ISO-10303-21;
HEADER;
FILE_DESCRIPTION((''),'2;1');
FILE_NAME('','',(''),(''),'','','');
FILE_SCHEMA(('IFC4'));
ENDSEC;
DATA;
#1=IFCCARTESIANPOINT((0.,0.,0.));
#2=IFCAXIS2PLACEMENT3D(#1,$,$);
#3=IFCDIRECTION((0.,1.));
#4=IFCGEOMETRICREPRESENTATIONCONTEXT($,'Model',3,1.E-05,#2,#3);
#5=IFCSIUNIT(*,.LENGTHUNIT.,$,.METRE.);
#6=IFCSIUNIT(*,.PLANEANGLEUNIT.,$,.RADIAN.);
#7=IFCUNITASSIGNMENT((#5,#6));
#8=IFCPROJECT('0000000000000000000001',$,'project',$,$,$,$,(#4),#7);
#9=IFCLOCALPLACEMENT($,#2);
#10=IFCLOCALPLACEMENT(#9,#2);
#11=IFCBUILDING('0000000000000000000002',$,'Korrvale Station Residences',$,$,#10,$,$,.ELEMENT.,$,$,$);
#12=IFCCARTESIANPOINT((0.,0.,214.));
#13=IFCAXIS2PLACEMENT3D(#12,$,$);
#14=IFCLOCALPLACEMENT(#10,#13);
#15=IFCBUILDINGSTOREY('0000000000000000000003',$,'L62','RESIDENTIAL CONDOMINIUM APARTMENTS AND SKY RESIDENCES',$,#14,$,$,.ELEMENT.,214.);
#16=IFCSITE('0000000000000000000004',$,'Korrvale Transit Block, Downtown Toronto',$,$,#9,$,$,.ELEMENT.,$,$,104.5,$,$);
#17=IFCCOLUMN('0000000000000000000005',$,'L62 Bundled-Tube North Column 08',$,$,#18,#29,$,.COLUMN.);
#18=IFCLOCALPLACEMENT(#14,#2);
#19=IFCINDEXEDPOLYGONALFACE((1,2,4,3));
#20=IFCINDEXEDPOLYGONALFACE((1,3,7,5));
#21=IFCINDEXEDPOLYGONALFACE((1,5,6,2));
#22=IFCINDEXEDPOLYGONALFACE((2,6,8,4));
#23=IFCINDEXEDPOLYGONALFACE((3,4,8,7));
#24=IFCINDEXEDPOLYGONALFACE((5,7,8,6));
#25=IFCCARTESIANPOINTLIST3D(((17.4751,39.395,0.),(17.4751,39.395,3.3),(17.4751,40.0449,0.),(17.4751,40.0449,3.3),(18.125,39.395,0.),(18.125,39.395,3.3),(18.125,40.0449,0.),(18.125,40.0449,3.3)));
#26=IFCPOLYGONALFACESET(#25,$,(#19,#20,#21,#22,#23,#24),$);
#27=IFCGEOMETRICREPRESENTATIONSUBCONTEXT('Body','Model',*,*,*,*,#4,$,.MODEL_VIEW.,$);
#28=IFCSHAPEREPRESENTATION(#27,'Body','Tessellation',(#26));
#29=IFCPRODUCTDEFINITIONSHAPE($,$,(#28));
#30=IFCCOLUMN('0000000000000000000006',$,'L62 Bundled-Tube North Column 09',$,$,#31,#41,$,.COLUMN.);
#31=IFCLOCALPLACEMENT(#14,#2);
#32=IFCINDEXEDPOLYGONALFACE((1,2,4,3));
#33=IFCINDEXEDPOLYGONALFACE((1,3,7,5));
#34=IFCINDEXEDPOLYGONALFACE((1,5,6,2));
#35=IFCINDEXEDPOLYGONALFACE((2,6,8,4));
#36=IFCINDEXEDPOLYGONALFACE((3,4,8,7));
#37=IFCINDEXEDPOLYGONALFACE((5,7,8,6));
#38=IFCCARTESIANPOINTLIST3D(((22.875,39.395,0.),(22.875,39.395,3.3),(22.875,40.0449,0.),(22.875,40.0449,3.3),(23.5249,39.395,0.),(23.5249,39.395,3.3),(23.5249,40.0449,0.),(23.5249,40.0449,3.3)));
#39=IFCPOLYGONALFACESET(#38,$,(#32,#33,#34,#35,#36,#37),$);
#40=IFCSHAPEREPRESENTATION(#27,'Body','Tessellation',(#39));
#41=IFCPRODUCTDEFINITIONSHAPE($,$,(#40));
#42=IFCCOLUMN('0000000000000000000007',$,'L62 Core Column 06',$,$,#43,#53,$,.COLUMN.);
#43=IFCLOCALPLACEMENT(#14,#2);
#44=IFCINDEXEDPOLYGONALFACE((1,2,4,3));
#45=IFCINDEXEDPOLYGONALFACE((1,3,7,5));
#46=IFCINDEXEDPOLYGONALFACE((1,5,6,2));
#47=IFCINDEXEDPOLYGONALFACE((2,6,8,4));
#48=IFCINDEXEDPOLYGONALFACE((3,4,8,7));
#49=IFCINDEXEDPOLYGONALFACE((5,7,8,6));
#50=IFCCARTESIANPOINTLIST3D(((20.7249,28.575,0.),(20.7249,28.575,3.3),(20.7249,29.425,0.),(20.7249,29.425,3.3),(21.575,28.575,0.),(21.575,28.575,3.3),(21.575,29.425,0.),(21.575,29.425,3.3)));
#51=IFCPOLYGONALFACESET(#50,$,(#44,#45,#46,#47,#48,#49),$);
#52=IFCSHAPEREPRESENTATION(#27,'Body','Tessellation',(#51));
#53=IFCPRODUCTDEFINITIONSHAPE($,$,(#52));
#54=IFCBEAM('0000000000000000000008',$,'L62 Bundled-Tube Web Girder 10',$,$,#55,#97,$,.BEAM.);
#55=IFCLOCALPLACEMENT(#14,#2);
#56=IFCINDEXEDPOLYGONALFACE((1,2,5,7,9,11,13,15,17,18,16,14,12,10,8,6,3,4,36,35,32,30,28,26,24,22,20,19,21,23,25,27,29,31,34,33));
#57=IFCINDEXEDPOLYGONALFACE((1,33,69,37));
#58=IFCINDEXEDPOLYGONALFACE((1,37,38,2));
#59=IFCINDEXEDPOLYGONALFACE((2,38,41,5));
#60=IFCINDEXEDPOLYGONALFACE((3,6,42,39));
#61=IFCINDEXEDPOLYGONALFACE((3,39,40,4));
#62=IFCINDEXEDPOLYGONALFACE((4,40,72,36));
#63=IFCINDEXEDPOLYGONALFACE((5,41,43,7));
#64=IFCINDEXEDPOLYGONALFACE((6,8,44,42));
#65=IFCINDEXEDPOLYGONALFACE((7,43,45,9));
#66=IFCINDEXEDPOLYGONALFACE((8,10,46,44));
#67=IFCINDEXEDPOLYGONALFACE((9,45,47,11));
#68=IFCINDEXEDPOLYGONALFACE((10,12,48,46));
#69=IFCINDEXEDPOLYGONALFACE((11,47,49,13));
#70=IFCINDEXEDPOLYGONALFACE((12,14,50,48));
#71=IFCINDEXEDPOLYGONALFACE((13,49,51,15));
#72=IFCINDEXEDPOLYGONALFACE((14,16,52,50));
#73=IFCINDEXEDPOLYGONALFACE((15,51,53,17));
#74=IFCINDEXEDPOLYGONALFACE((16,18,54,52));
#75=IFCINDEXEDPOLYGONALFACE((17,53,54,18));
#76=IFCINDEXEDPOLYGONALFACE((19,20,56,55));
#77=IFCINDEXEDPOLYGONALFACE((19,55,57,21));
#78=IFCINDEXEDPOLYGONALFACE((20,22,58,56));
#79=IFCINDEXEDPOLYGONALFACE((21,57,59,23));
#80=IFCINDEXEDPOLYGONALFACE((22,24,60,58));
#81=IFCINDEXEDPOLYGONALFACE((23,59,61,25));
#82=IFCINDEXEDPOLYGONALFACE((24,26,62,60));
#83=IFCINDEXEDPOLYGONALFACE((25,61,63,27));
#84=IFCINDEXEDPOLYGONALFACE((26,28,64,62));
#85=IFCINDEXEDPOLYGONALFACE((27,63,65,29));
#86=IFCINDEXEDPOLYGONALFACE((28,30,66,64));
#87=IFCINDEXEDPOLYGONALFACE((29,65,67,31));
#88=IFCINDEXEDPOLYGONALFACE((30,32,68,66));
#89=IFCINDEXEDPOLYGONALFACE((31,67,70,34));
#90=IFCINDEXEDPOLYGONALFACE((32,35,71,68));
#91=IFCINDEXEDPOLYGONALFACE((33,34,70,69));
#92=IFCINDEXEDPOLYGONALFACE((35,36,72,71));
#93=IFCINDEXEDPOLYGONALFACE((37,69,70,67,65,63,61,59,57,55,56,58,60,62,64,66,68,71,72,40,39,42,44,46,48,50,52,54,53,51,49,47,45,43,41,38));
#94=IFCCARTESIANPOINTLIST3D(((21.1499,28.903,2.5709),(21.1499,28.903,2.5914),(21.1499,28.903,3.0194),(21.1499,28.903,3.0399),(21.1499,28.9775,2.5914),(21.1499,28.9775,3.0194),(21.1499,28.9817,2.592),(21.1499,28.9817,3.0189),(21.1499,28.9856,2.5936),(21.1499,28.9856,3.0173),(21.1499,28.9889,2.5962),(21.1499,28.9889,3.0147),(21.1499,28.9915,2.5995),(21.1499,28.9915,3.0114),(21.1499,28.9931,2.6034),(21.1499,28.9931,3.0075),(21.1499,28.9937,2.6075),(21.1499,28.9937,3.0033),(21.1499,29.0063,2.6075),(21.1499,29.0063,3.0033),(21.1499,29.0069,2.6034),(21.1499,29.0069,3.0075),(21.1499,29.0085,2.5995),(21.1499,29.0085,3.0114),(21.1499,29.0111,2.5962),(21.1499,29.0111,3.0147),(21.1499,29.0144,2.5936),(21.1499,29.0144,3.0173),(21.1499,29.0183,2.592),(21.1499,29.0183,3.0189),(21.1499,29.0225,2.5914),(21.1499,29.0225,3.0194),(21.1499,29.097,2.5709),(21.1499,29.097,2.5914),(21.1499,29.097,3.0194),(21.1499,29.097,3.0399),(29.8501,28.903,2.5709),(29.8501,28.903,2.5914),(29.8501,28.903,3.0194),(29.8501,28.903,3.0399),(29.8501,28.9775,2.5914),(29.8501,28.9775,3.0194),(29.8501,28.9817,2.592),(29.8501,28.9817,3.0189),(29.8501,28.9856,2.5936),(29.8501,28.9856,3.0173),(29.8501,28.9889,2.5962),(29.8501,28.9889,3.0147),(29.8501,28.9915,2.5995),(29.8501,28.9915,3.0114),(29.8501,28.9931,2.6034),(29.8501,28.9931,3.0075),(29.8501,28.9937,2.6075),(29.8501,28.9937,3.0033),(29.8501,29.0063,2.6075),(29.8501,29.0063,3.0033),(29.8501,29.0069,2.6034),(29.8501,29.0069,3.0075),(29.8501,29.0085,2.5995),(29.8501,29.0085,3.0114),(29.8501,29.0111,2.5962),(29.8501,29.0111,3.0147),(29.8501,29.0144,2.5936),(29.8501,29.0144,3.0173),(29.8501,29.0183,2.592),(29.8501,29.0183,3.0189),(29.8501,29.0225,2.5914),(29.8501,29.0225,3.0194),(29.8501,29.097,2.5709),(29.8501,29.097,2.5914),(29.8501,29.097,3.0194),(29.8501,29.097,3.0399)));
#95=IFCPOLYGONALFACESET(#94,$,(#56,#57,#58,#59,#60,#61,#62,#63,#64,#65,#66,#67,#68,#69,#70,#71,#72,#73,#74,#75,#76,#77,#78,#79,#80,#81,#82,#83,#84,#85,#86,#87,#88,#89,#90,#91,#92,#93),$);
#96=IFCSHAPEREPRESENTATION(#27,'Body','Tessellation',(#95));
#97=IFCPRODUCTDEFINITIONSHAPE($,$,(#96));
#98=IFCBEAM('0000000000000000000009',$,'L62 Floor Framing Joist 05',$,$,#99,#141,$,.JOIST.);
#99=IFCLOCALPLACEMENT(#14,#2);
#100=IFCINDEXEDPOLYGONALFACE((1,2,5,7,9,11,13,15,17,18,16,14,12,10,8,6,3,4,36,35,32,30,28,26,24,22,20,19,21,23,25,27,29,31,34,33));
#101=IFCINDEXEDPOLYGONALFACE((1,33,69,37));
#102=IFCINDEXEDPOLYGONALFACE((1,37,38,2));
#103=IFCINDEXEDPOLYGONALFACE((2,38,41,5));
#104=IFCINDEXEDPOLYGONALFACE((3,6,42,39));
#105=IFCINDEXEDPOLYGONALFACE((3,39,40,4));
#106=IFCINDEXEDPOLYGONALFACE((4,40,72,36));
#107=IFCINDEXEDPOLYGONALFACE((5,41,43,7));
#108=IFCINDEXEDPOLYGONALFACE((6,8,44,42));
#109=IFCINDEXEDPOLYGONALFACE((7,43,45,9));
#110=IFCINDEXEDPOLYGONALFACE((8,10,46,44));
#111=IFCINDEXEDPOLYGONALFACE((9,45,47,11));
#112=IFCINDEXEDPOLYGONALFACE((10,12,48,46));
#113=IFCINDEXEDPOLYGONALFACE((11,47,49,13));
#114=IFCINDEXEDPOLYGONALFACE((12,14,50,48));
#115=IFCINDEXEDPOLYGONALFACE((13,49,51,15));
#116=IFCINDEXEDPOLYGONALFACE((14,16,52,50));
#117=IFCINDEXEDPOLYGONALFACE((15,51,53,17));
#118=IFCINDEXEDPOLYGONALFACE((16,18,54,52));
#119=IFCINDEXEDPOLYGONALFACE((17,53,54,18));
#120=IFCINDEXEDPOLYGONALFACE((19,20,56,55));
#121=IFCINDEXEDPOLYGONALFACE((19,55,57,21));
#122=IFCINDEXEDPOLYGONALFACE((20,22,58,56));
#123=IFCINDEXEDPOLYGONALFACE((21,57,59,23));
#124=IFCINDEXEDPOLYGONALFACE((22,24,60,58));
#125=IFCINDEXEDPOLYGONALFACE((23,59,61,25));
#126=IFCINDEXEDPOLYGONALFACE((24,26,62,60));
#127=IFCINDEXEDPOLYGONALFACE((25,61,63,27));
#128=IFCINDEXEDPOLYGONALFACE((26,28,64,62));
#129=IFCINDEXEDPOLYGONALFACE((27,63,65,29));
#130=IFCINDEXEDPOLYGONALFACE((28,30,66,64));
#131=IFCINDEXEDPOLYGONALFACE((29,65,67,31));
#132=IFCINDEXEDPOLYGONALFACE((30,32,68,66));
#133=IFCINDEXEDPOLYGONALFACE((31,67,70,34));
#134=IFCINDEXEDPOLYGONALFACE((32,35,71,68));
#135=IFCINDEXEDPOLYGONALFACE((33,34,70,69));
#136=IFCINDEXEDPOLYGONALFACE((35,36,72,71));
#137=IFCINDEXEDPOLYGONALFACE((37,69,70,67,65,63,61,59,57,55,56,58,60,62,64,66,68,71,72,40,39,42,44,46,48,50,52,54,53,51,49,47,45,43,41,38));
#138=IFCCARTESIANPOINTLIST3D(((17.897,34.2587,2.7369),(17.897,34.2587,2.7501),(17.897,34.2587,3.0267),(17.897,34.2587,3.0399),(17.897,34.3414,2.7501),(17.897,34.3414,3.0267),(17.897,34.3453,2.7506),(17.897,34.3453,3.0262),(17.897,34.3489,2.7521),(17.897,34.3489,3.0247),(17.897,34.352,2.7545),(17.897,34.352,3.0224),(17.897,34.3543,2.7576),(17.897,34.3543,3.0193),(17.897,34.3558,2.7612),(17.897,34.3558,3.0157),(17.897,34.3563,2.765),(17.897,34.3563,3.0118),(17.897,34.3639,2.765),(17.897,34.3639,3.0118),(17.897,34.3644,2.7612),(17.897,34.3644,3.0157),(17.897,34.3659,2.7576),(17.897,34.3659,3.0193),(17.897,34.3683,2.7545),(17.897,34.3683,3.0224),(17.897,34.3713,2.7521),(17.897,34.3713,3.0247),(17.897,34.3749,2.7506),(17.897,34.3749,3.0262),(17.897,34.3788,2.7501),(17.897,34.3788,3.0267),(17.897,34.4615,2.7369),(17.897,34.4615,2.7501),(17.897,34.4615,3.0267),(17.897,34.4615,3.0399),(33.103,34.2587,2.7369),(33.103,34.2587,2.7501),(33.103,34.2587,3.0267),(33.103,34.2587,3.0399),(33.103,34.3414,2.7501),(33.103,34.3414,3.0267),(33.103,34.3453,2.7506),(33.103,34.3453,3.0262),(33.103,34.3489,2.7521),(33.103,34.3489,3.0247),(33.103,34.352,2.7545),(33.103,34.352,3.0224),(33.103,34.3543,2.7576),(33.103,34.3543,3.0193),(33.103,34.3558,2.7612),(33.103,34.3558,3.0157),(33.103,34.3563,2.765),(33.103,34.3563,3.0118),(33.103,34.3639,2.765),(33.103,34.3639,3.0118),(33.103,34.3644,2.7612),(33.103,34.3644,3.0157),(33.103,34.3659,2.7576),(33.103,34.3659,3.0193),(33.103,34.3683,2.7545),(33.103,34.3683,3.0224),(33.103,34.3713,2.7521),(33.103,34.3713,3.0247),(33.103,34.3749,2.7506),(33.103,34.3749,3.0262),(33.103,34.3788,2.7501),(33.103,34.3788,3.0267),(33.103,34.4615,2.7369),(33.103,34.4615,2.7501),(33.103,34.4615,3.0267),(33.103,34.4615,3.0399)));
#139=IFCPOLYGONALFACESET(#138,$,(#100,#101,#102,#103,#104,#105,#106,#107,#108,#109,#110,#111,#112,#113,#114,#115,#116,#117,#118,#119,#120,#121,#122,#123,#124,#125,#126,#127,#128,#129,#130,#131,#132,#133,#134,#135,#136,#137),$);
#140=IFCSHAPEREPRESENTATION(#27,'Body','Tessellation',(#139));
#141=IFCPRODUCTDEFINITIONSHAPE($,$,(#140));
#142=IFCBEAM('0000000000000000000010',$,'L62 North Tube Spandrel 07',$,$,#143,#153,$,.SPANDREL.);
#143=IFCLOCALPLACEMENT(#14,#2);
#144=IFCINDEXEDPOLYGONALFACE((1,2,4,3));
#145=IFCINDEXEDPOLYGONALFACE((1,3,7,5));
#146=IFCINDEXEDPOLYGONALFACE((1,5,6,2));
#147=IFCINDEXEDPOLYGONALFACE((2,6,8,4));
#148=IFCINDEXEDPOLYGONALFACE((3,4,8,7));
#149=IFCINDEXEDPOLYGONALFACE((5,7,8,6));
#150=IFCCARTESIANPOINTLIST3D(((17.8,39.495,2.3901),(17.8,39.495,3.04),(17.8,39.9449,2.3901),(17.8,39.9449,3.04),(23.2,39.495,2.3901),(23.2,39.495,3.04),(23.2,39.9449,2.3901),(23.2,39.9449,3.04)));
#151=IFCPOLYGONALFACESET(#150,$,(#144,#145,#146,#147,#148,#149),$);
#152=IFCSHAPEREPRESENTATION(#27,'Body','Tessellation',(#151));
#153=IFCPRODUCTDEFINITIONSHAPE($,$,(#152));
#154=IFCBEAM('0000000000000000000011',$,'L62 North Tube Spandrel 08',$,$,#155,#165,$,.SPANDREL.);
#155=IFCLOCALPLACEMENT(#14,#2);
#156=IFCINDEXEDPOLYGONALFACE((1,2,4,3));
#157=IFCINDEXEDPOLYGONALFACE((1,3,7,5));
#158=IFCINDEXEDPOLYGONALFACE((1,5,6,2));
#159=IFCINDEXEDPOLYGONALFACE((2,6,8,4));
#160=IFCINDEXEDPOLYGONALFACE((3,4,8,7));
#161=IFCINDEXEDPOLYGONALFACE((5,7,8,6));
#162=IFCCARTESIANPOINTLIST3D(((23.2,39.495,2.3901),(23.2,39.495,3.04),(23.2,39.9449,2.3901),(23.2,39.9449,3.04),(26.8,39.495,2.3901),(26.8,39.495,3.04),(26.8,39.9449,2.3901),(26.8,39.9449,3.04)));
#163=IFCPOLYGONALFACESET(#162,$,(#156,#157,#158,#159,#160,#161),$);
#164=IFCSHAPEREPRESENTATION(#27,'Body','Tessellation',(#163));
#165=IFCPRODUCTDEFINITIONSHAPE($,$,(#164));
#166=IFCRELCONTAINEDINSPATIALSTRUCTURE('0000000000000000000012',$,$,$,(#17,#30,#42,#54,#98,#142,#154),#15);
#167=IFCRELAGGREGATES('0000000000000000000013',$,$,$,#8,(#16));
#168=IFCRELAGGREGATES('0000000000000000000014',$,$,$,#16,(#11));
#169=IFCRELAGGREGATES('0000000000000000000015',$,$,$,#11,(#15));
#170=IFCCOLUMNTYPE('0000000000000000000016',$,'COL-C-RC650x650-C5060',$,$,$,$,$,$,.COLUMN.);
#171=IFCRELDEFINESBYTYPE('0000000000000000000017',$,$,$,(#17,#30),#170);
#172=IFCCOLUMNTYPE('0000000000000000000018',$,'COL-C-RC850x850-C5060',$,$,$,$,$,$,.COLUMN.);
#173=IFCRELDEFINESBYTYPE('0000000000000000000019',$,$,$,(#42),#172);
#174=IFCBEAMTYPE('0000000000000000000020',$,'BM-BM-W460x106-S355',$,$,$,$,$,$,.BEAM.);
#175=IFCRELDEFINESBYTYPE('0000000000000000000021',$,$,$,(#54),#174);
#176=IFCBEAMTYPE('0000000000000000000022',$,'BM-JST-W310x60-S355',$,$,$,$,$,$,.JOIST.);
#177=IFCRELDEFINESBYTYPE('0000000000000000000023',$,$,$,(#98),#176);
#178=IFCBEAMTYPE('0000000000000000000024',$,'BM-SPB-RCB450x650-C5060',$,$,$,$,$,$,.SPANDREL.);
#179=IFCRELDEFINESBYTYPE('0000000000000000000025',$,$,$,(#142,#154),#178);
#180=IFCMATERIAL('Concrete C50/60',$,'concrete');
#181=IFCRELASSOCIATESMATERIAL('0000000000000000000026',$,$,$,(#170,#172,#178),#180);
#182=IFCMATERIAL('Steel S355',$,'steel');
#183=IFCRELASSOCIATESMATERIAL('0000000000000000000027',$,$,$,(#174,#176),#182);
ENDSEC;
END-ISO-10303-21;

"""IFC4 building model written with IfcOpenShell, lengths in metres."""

from ifc_helpers import new_model, si_unit, direction, frame, origin, origin_2d, place, context, subcontext, project, spatial, rectangle, i_section, extrude, material, material_profile, profile_set, type_object, element, save


model = new_model("IFC4")

# Units and contexts
model_context = context("Model", 3, precision=1e-05, world=origin(), true_north=direction((0.0, 1.0)))
body_context = subcontext(model_context, "Body", "Model", "MODEL_VIEW")
ifc_project = project(units=[si_unit("LENGTHUNIT", "METRE"), si_unit("PLANEANGLEUNIT", "RADIAN")], contexts=[model_context])

# Site, building, storey
site_placement = place(None, origin())
site = spatial("IfcSite", under=ifc_project, at=site_placement, Name="Korrvale Transit Block, Downtown Toronto", CompositionType="ELEMENT", RefElevation=104.5)
building_placement = place(site_placement, origin())
building = spatial("IfcBuilding", under=site, at=building_placement, Name="Korrvale Station Residences", CompositionType="ELEMENT")
storey_placement = place(building_placement, frame((0.0, 0.0, 214.0)))
storey = spatial("IfcBuildingStorey", under=building, at=storey_placement, Name="L62", Description="RESIDENTIAL CONDOMINIUM APARTMENTS AND SKY RESIDENCES", CompositionType="ELEMENT", Elevation=214.0)

# Columns
ifc_material_1 = material(Name="Concrete C50/60", Category="concrete")
ifc_material_profile_1 = material_profile(ifc_material_1, rectangle(XDim=0.6499, YDim=0.6499, at=origin_2d()), Name="RC650x650")
ifc_profile_set_1 = profile_set([ifc_material_profile_1], Name="Concrete C50/60")
column_type_1 = type_object("IfcColumnType", Name="COL-C-RC650x650-C5060", PredefinedType="COLUMN", material=ifc_profile_set_1)
for number, where, z_axis, x_axis, name in (
    (1, (17.8, 39.72, 0.0), (0.0, 0.0, 1.0), (1.0, 0.0, 0.0), "L62 Bundled-Tube North Column 08"),
    (2, (23.2, 39.72, 0.0), (0.0, 0.0, 1.0), (1.0, 0.0, 0.0), "L62 Bundled-Tube North Column 09"),
):
    element("IfcColumn", number, at=place(storey_placement, frame(where, z_axis=z_axis, x_axis=x_axis)), inside=storey, type_object=column_type_1, Name=name, PredefinedType="COLUMN", context=body_context, shape_type="SweptSolid", body=[
        extrude(rectangle(XDim=0.6499, YDim=0.6499, at=origin_2d()), origin(), (0.0, 0.0, 1.0), 3.3),
    ])
ifc_material_profile_2 = material_profile(ifc_material_1, rectangle(XDim=0.8501, YDim=0.8501, at=origin_2d()), Name="RC850x850")
ifc_profile_set_2 = profile_set([ifc_material_profile_2], Name="Concrete C50/60")
column_type_2 = type_object("IfcColumnType", Name="COL-C-RC850x850-C5060", PredefinedType="COLUMN", material=ifc_profile_set_2)
column_placement = place(storey_placement, frame((21.1499, 29.0, 0.0), z_axis=(0.0, 0.0, 1.0), x_axis=(1.0, 0.0, 0.0)))
element("IfcColumn", 3, at=column_placement, inside=storey, type_object=column_type_2, Name="L62 Core Column 06", PredefinedType="COLUMN", context=body_context, shape_type="SweptSolid", body=[
    extrude(rectangle(XDim=0.8501, YDim=0.8501, at=origin_2d()), origin(), (0.0, 0.0, 1.0), 3.3),
])

# Beams
ifc_material_2 = material(Name="Steel S355", Category="steel")
ifc_material_profile_3 = material_profile(ifc_material_2, i_section(OverallWidth=0.1941, OverallDepth=0.469, WebThickness=0.0127, FlangeThickness=0.0205, FilletRadius=0.0161, at=origin_2d()), Name="W460x106")
ifc_profile_set_3 = profile_set([ifc_material_profile_3], Name="Steel S355")
beam_type_1 = type_object("IfcBeamType", Name="BM-BM-W460x106-S355", PredefinedType="BEAM", material=ifc_profile_set_3)
beam_1_placement = place(storey_placement, frame((21.1499, 29.0, 2.8054), z_axis=(1.0, 0.0, 0.0), x_axis=(0.0, 1.0, 0.0)))
element("IfcBeam", 4, at=beam_1_placement, inside=storey, type_object=beam_type_1, Name="L62 Bundled-Tube Web Girder 10", PredefinedType="BEAM", context=body_context, shape_type="SweptSolid", body=[
    extrude(i_section(OverallWidth=0.1941, OverallDepth=0.469, WebThickness=0.0127, FlangeThickness=0.0205, FilletRadius=0.0161, at=origin_2d()), origin(), (0.0, 0.0, 1.0), 8.7002),
])
ifc_material_profile_4 = material_profile(ifc_material_2, i_section(OverallWidth=0.2029, OverallDepth=0.303, WebThickness=0.0076, FlangeThickness=0.0132, FilletRadius=0.0149, at=origin_2d()), Name="W310x60")
ifc_profile_set_4 = profile_set([ifc_material_profile_4], Name="Steel S355")
beam_type_2 = type_object("IfcBeamType", Name="BM-JST-W310x60-S355", PredefinedType="JOIST", material=ifc_profile_set_4)
beam_2_placement = place(storey_placement, frame((17.897, 34.3601, 2.8884), z_axis=(1.0, 0.0, 0.0), x_axis=(0.0, 1.0, 0.0)))
element("IfcBeam", 5, at=beam_2_placement, inside=storey, type_object=beam_type_2, Name="L62 Floor Framing Joist 05", PredefinedType="JOIST", context=body_context, shape_type="SweptSolid", body=[
    extrude(i_section(OverallWidth=0.2029, OverallDepth=0.303, WebThickness=0.0076, FlangeThickness=0.0132, FilletRadius=0.0149, at=origin_2d()), origin(), (0.0, 0.0, 1.0), 15.2061),
])
ifc_material_profile_5 = material_profile(ifc_material_1, rectangle(XDim=0.45, YDim=0.6499, at=origin_2d()), Name="RCB450x650")
ifc_profile_set_5 = profile_set([ifc_material_profile_5], Name="Concrete C50/60")
beam_type_3 = type_object("IfcBeamType", Name="BM-SPB-RCB450x650-C5060", PredefinedType="SPANDREL", material=ifc_profile_set_5)
beam_3_placement = place(storey_placement, frame((17.8, 39.72, 2.7151), z_axis=(1.0, 0.0, 0.0), x_axis=(0.0, 1.0, 0.0)))
element("IfcBeam", 6, at=beam_3_placement, inside=storey, type_object=beam_type_3, Name="L62 North Tube Spandrel 07", PredefinedType="SPANDREL", context=body_context, shape_type="SweptSolid", body=[
    extrude(rectangle(XDim=0.45, YDim=0.6499, at=origin_2d()), origin(), (0.0, 0.0, 1.0), 5.3999),
])
beam_4_placement = place(storey_placement, frame((23.2, 39.72, 2.7151), z_axis=(1.0, 0.0, 0.0), x_axis=(0.0, 1.0, 0.0)))
element("IfcBeam", 7, at=beam_4_placement, inside=storey, type_object=beam_type_3, Name="L62 North Tube Spandrel 08", PredefinedType="SPANDREL", context=body_context, shape_type="SweptSolid", body=[
    extrude(rectangle(XDim=0.45, YDim=0.6499, at=origin_2d()), origin(), (0.0, 0.0, 1.0), 3.6001),
])

save(model, "model.ifc")
